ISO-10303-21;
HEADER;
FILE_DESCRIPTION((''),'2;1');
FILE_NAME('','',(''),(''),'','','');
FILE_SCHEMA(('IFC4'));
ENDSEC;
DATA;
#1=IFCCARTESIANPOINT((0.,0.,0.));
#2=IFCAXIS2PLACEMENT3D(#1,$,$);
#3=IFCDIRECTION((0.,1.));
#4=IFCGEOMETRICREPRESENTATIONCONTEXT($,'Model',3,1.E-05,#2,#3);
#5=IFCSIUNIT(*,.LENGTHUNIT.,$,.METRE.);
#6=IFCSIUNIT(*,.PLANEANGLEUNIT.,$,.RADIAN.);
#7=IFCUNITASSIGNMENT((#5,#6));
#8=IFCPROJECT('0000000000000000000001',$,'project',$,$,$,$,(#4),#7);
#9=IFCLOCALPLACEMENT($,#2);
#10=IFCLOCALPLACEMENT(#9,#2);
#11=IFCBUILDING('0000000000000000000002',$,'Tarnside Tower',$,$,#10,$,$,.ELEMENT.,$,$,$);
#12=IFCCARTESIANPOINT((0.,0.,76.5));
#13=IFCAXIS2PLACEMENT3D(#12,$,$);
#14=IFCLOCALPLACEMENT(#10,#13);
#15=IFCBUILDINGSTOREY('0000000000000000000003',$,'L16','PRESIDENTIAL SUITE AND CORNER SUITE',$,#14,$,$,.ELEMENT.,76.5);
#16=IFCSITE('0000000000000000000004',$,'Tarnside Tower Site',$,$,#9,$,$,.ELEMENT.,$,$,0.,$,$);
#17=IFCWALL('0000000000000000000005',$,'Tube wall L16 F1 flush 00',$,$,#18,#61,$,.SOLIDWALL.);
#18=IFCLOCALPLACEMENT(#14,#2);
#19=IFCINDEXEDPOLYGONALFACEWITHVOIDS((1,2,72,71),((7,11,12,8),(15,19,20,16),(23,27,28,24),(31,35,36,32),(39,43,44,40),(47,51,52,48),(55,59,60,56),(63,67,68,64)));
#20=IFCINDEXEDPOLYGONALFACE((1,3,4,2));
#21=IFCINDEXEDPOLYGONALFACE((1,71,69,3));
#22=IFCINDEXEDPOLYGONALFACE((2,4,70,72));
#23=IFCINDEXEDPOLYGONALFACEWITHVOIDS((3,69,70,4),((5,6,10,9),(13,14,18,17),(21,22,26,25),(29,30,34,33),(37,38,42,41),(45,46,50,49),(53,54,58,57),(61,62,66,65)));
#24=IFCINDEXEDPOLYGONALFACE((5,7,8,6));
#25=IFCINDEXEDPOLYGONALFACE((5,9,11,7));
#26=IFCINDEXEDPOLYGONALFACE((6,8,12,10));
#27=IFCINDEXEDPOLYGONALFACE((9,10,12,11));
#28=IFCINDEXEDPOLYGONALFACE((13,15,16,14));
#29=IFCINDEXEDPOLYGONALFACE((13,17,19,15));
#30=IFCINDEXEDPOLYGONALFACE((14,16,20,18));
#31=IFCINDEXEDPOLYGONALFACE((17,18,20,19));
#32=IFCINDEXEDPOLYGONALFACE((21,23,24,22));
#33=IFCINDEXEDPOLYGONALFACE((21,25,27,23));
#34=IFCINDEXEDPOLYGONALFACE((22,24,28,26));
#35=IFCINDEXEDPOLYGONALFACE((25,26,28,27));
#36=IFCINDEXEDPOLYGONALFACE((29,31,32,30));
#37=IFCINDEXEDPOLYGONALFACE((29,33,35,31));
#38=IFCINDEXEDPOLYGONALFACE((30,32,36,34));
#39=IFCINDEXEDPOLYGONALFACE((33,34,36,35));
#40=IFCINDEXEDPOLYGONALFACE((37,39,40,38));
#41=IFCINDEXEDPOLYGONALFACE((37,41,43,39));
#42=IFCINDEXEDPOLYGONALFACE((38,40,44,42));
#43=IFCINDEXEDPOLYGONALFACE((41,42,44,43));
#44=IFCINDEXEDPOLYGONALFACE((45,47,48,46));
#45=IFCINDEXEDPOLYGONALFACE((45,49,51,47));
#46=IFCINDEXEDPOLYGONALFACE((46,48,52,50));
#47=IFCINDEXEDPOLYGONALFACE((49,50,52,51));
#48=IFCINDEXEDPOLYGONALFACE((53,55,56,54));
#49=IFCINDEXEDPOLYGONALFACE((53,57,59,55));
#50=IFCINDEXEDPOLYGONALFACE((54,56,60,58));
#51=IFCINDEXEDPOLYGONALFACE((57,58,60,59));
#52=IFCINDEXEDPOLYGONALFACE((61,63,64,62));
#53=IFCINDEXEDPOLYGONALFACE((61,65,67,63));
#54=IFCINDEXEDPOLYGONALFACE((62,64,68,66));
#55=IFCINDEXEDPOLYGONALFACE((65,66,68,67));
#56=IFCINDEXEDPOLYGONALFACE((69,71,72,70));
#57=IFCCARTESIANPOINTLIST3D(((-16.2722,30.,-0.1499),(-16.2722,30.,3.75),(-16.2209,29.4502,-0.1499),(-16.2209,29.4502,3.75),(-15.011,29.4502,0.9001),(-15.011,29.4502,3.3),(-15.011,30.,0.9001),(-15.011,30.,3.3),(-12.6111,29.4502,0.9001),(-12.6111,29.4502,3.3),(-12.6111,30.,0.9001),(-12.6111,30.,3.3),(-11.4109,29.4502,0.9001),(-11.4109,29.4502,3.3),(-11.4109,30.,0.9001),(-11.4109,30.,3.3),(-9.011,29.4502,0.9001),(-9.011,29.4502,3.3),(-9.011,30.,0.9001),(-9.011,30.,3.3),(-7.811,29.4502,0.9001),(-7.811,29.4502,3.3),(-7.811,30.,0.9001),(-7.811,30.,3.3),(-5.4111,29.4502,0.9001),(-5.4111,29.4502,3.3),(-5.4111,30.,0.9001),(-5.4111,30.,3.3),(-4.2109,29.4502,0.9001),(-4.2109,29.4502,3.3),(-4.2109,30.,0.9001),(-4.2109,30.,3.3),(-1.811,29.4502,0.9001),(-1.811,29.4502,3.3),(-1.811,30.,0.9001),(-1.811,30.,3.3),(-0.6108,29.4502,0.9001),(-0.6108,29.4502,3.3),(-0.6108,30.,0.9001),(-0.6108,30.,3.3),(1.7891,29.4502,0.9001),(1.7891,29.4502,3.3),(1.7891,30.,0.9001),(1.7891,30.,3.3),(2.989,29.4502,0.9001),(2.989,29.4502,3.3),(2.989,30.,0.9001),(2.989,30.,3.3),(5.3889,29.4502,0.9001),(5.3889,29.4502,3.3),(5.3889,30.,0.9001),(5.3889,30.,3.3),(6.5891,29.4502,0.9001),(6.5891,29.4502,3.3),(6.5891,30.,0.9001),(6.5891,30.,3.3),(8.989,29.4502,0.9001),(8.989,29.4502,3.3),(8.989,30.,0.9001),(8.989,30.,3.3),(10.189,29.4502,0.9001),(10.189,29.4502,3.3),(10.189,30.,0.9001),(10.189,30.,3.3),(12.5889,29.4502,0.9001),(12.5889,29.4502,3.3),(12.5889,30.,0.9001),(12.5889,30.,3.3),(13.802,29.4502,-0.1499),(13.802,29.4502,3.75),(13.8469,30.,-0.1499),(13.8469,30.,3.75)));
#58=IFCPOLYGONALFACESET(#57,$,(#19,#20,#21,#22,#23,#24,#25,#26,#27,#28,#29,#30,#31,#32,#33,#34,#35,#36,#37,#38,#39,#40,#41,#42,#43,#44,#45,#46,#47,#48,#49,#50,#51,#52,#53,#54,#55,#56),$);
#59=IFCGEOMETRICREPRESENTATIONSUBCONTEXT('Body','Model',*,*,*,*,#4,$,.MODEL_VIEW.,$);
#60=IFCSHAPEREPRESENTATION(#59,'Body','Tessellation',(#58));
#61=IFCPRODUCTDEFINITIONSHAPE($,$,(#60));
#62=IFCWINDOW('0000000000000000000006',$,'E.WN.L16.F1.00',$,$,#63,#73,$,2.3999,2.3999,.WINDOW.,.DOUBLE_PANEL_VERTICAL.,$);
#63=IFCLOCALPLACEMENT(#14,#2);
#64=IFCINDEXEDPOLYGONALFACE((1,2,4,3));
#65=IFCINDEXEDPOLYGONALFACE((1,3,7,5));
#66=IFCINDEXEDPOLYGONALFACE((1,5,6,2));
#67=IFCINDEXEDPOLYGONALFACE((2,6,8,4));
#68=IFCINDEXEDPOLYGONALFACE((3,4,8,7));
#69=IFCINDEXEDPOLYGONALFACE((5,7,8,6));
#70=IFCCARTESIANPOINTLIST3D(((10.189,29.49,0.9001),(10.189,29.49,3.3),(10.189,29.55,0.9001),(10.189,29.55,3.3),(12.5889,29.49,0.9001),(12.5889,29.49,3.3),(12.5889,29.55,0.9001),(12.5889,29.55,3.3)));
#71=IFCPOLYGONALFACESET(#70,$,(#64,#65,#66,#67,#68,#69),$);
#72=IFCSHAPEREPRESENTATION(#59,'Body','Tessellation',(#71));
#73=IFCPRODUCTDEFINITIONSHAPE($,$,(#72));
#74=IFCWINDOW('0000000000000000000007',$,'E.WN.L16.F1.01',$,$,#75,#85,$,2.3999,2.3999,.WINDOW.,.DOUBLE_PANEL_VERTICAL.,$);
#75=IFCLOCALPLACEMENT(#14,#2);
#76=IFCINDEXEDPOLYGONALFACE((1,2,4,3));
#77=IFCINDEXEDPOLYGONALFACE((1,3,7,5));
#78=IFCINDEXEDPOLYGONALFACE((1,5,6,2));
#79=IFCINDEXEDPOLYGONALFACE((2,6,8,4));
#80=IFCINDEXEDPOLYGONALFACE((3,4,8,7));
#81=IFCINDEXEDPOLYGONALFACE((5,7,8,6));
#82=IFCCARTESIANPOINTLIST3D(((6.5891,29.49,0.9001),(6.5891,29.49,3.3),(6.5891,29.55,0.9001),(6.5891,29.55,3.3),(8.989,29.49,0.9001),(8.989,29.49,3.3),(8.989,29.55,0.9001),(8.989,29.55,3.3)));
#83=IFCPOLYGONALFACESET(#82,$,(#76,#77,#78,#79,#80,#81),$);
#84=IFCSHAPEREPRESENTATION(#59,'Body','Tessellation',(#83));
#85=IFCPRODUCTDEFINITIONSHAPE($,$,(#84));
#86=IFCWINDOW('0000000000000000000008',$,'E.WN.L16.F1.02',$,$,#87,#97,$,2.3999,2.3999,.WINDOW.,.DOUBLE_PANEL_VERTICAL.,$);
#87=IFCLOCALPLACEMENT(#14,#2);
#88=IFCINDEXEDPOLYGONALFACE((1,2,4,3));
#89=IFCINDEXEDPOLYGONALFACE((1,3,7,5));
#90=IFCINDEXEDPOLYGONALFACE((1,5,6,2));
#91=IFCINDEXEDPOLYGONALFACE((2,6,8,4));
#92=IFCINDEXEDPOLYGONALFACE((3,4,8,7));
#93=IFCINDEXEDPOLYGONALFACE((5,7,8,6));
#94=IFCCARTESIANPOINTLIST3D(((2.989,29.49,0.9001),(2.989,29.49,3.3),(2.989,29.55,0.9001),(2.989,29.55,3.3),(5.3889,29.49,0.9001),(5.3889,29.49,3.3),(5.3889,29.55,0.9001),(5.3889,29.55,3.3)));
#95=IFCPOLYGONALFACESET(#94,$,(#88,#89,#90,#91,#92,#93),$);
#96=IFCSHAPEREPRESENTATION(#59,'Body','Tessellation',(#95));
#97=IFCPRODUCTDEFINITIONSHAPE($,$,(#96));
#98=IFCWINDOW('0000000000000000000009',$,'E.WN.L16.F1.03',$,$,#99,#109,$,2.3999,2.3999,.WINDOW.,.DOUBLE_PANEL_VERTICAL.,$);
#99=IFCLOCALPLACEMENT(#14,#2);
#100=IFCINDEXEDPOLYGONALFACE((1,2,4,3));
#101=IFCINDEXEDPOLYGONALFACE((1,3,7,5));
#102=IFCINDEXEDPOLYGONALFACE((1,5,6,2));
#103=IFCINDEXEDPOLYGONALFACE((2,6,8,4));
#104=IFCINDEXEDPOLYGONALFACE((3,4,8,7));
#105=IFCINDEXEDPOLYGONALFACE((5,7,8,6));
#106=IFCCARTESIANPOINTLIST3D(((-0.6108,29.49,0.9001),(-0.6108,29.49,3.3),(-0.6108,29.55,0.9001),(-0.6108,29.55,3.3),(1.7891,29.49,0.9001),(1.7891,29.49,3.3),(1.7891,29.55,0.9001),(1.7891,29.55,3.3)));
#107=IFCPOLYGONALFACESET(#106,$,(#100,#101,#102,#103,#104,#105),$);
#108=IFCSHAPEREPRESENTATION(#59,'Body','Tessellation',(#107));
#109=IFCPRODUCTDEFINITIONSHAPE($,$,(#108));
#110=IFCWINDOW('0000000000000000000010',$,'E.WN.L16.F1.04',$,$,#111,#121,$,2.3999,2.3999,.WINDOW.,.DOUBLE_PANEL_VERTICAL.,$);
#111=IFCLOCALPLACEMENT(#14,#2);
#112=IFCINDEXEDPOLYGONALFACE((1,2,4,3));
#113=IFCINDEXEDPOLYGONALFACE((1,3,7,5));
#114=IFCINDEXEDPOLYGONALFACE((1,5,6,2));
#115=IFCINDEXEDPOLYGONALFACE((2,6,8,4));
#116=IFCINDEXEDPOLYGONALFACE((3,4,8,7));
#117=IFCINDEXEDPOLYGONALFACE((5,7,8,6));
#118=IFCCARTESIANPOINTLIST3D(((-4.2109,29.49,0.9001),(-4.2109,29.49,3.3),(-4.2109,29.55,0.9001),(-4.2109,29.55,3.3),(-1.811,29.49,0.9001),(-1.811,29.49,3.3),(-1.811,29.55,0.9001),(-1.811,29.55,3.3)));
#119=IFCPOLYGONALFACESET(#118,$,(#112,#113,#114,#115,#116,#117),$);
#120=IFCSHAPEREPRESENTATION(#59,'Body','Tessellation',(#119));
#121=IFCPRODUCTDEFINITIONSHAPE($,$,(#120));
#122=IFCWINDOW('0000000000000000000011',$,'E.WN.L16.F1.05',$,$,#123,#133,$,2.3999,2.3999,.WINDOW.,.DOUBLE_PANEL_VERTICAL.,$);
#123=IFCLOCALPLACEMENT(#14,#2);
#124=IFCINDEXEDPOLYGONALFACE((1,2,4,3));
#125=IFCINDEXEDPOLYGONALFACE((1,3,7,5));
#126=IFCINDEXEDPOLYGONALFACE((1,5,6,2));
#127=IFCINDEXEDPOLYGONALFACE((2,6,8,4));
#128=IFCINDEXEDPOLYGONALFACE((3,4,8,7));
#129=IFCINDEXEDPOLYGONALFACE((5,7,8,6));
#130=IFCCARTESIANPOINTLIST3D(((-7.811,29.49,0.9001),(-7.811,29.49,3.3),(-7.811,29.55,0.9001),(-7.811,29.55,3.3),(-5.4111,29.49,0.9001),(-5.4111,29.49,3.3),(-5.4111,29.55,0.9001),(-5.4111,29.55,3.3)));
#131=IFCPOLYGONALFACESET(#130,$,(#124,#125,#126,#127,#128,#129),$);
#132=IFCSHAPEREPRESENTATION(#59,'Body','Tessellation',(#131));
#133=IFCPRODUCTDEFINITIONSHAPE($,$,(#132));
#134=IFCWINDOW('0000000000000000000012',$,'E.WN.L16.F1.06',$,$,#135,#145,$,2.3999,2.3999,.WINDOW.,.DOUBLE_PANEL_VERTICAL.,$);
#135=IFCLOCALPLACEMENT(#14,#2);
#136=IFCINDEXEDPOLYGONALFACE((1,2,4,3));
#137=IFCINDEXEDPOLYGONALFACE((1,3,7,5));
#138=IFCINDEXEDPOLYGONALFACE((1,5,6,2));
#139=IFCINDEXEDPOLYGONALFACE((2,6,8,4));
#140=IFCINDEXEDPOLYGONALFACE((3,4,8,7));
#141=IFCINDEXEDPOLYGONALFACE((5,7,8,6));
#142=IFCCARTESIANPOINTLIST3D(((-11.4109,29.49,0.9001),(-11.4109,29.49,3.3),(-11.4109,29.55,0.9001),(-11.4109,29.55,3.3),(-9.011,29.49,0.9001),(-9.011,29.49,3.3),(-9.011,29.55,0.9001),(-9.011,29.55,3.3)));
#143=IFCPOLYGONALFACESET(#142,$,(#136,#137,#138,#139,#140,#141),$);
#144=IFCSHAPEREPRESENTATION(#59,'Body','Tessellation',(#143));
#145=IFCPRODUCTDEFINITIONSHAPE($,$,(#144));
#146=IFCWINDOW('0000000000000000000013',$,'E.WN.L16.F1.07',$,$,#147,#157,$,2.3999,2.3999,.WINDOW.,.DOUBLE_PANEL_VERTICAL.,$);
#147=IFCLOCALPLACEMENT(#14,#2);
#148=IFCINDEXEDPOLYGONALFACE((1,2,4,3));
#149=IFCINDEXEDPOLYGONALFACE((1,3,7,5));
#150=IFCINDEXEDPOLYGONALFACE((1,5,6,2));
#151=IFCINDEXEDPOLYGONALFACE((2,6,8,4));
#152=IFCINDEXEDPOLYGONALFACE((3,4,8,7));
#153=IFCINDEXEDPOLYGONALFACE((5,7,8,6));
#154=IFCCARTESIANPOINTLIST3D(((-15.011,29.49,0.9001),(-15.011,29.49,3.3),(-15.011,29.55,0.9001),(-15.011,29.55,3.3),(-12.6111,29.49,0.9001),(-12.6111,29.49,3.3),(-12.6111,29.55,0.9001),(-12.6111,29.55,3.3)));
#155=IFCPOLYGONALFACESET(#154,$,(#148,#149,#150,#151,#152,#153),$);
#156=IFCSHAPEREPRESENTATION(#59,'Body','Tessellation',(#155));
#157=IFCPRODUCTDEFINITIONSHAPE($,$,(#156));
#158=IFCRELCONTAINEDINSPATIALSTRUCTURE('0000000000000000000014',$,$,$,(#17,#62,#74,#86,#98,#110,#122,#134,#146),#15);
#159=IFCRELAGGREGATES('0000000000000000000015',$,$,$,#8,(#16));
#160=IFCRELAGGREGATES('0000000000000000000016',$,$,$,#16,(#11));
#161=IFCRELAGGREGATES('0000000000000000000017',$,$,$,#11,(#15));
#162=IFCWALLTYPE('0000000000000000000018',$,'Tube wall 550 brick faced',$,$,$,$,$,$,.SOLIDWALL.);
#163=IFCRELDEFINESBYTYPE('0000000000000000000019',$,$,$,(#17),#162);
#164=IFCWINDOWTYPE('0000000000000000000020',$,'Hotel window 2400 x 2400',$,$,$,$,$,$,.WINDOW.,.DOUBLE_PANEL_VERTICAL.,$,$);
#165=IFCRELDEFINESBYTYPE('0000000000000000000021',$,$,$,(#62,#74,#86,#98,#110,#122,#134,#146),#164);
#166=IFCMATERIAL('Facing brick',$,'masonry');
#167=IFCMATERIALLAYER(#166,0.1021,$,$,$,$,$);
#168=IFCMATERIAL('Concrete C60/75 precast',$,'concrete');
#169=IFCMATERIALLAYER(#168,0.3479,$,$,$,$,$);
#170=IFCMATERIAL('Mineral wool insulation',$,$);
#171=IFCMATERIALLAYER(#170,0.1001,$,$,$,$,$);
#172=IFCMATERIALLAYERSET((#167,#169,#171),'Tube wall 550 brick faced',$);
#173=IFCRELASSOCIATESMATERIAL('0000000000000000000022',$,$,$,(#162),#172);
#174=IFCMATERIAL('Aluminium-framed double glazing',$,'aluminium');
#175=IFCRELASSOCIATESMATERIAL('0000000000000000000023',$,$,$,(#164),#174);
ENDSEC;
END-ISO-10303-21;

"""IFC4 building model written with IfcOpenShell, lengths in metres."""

from ifc_helpers import new_model, si_unit, direction, frame, frame_2d, origin, place, context, subcontext, project, spatial, polyline, rectangle, outline, extrude, material, layer, layer_set, type_object, element, fill, save


model = new_model("IFC4")

# Units and contexts
model_context = context("Model", 3, precision=1e-05, world=origin(), true_north=direction((0.0, 1.0)))
body_context = subcontext(model_context, "Body", "Model", "MODEL_VIEW")
ifc_project = project(units=[si_unit("LENGTHUNIT", "METRE"), si_unit("PLANEANGLEUNIT", "RADIAN")], contexts=[model_context])

# Site, building, storey
site_placement = place(None, origin())
site = spatial("IfcSite", under=ifc_project, at=site_placement, Name="Tarnside Tower Site", CompositionType="ELEMENT", RefElevation=0.0)
building_placement = place(site_placement, origin())
building = spatial("IfcBuilding", under=site, at=building_placement, Name="Tarnside Tower", CompositionType="ELEMENT")
storey_placement = place(building_placement, frame((0.0, 0.0, 76.5)))
storey = spatial("IfcBuildingStorey", under=building, at=storey_placement, Name="L16", Description="PRESIDENTIAL SUITE AND CORNER SUITE", CompositionType="ELEMENT", Elevation=76.5)

# Wall, openings, windows
ifc_material_1 = material(Name="Facing brick", Category="masonry")
ifc_layer_1 = layer(ifc_material_1, 0.1021)
ifc_material_2 = material(Name="Concrete C60/75 precast", Category="concrete")
ifc_layer_2 = layer(ifc_material_2, 0.3479)
ifc_material_3 = material(Name="Mineral wool insulation")
ifc_layer_3 = layer(ifc_material_3, 0.1001)
ifc_layer_set_1 = layer_set([ifc_layer_1, ifc_layer_2, ifc_layer_3], Name="Tube wall 550 brick faced")
wall_type_1 = type_object("IfcWallType", Name="Tube wall 550 brick faced", PredefinedType="SOLIDWALL", material=ifc_layer_set_1)
wall_1_placement = place(storey_placement, frame((13.8245, 29.7251, -0.1499), z_axis=(0.0, 0.0, 1.0), x_axis=(-1.0, 0.0, 0.0)))
wall_1 = element("IfcWall", 1, at=wall_1_placement, inside=storey, type_object=wall_type_1, Name="Tube wall L16 F1 flush 00", PredefinedType="SOLIDWALL", context=body_context, shape_type="SweptSolid", body=[
    extrude(outline(polyline([(-0.0225, -0.2749), (30.0967, -0.2749), (30.0454, 0.2749), (0.0225, 0.2749), (-0.0225, -0.2749)])), origin(), (0.0, 0.0, 1.0), 3.8999),
])
opening_1_placement = place(wall_1_placement, frame((1.2356, 0.0, 1.05)))
opening_1 = element("IfcOpeningElement", 2, at=opening_1_placement, cuts=wall_1, PredefinedType="OPENING", context=body_context, shape_type="SweptSolid", body=[
    extrude(rectangle(XDim=2.3999, YDim=2.3999, at=frame_2d((1.2, 1.2))), frame((0.0, 0.2852, 0.0), z_axis=(0.0, -1.0, 0.0), x_axis=(1.0, 0.0, 0.0)), (0.0, 0.0, 1.0), 0.5701),
])
opening_2_placement = place(wall_1_placement, frame((4.8354, 0.0, 1.05)))
opening_2 = element("IfcOpeningElement", 3, at=opening_2_placement, cuts=wall_1, PredefinedType="OPENING", context=body_context, shape_type="SweptSolid", body=[
    extrude(rectangle(XDim=2.3999, YDim=2.3999, at=frame_2d((1.2, 1.2))), frame((0.0, 0.2852, 0.0), z_axis=(0.0, -1.0, 0.0), x_axis=(1.0, 0.0, 0.0)), (0.0, 0.0, 1.0), 0.5701),
])
opening_3_placement = place(wall_1_placement, frame((8.4355, 0.0, 1.05)))
opening_3 = element("IfcOpeningElement", 4, at=opening_3_placement, cuts=wall_1, PredefinedType="OPENING", context=body_context, shape_type="SweptSolid", body=[
    extrude(rectangle(XDim=2.3999, YDim=2.3999, at=frame_2d((1.2, 1.2))), frame((0.0, 0.2852, 0.0), z_axis=(0.0, -1.0, 0.0), x_axis=(1.0, 0.0, 0.0)), (0.0, 0.0, 1.0), 0.5701),
])
opening_4_placement = place(wall_1_placement, frame((12.0354, 0.0, 1.05)))
opening_4 = element("IfcOpeningElement", 5, at=opening_4_placement, cuts=wall_1, PredefinedType="OPENING", context=body_context, shape_type="SweptSolid", body=[
    extrude(rectangle(XDim=2.3999, YDim=2.3999, at=frame_2d((1.2, 1.2))), frame((0.0, 0.2852, 0.0), z_axis=(0.0, -1.0, 0.0), x_axis=(1.0, 0.0, 0.0)), (0.0, 0.0, 1.0), 0.5701),
])
opening_5_placement = place(wall_1_placement, frame((15.6355, 0.0, 1.05)))
opening_5 = element("IfcOpeningElement", 6, at=opening_5_placement, cuts=wall_1, PredefinedType="OPENING", context=body_context, shape_type="SweptSolid", body=[
    extrude(rectangle(XDim=2.3999, YDim=2.3999, at=frame_2d((1.2, 1.2))), frame((0.0, 0.2852, 0.0), z_axis=(0.0, -1.0, 0.0), x_axis=(1.0, 0.0, 0.0)), (0.0, 0.0, 1.0), 0.5701),
])
opening_6_placement = place(wall_1_placement, frame((19.2356, 0.0, 1.05)))
opening_6 = element("IfcOpeningElement", 7, at=opening_6_placement, cuts=wall_1, PredefinedType="OPENING", context=body_context, shape_type="SweptSolid", body=[
    extrude(rectangle(XDim=2.3999, YDim=2.3999, at=frame_2d((1.2, 1.2))), frame((0.0, 0.2852, 0.0), z_axis=(0.0, -1.0, 0.0), x_axis=(1.0, 0.0, 0.0)), (0.0, 0.0, 1.0), 0.5701),
])
opening_7_placement = place(wall_1_placement, frame((22.8354, 0.0, 1.05)))
opening_7 = element("IfcOpeningElement", 8, at=opening_7_placement, cuts=wall_1, PredefinedType="OPENING", context=body_context, shape_type="SweptSolid", body=[
    extrude(rectangle(XDim=2.3999, YDim=2.3999, at=frame_2d((1.2, 1.2))), frame((0.0, 0.2852, 0.0), z_axis=(0.0, -1.0, 0.0), x_axis=(1.0, 0.0, 0.0)), (0.0, 0.0, 1.0), 0.5701),
])
opening_8_placement = place(wall_1_placement, frame((26.4355, 0.0, 1.05)))
opening_8 = element("IfcOpeningElement", 9, at=opening_8_placement, cuts=wall_1, PredefinedType="OPENING", context=body_context, shape_type="SweptSolid", body=[
    extrude(rectangle(XDim=2.3999, YDim=2.3999, at=frame_2d((1.2, 1.2))), frame((0.0, 0.2852, 0.0), z_axis=(0.0, -1.0, 0.0), x_axis=(1.0, 0.0, 0.0)), (0.0, 0.0, 1.0), 0.5701),
])
ifc_material_4 = material(Name="Aluminium-framed double glazing", Category="aluminium")
window_type = type_object("IfcWindowType", Name="Hotel window 2400 x 2400", PartitioningType="DOUBLE_PANEL_VERTICAL", PredefinedType="WINDOW", material=ifc_material_4)
window_1_placement = place(opening_1_placement, frame((0.0, 0.2051, 0.0)))
window_1 = element("IfcWindow", 10, at=window_1_placement, inside=storey, type_object=window_type, Name="E.WN.L16.F1.00", OverallHeight=2.3999, OverallWidth=2.3999, PartitioningType="DOUBLE_PANEL_VERTICAL", PredefinedType="WINDOW", context=body_context, shape_type="SweptSolid", body=[
    extrude(rectangle(XDim=2.3999, YDim=2.3999, at=frame_2d((1.2, 1.2))), frame((0.0, 0.03, 0.0), z_axis=(0.0, -1.0, 0.0), x_axis=(1.0, 0.0, 0.0)), (0.0, 0.0, 1.0), 0.0601),
])
fill(opening_1, window_1)
window_2_placement = place(opening_2_placement, frame((0.0, 0.2051, 0.0)))
window_2 = element("IfcWindow", 11, at=window_2_placement, inside=storey, type_object=window_type, Name="E.WN.L16.F1.01", OverallHeight=2.3999, OverallWidth=2.3999, PartitioningType="DOUBLE_PANEL_VERTICAL", PredefinedType="WINDOW", context=body_context, shape_type="SweptSolid", body=[
    extrude(rectangle(XDim=2.3999, YDim=2.3999, at=frame_2d((1.2, 1.2))), frame((0.0, 0.03, 0.0), z_axis=(0.0, -1.0, 0.0), x_axis=(1.0, 0.0, 0.0)), (0.0, 0.0, 1.0), 0.0601),
])
fill(opening_2, window_2)
window_3_placement = place(opening_3_placement, frame((0.0, 0.2051, 0.0)))
window_3 = element("IfcWindow", 12, at=window_3_placement, inside=storey, type_object=window_type, Name="E.WN.L16.F1.02", OverallHeight=2.3999, OverallWidth=2.3999, PartitioningType="DOUBLE_PANEL_VERTICAL", PredefinedType="WINDOW", context=body_context, shape_type="SweptSolid", body=[
    extrude(rectangle(XDim=2.3999, YDim=2.3999, at=frame_2d((1.2, 1.2))), frame((0.0, 0.03, 0.0), z_axis=(0.0, -1.0, 0.0), x_axis=(1.0, 0.0, 0.0)), (0.0, 0.0, 1.0), 0.0601),
])
fill(opening_3, window_3)
window_4_placement = place(opening_4_placement, frame((0.0, 0.2051, 0.0)))
window_4 = element("IfcWindow", 13, at=window_4_placement, inside=storey, type_object=window_type, Name="E.WN.L16.F1.03", OverallHeight=2.3999, OverallWidth=2.3999, PartitioningType="DOUBLE_PANEL_VERTICAL", PredefinedType="WINDOW", context=body_context, shape_type="SweptSolid", body=[
    extrude(rectangle(XDim=2.3999, YDim=2.3999, at=frame_2d((1.2, 1.2))), frame((0.0, 0.03, 0.0), z_axis=(0.0, -1.0, 0.0), x_axis=(1.0, 0.0, 0.0)), (0.0, 0.0, 1.0), 0.0601),
])
fill(opening_4, window_4)
window_5_placement = place(opening_5_placement, frame((0.0, 0.2051, 0.0)))
window_5 = element("IfcWindow", 14, at=window_5_placement, inside=storey, type_object=window_type, Name="E.WN.L16.F1.04", OverallHeight=2.3999, OverallWidth=2.3999, PartitioningType="DOUBLE_PANEL_VERTICAL", PredefinedType="WINDOW", context=body_context, shape_type="SweptSolid", body=[
    extrude(rectangle(XDim=2.3999, YDim=2.3999, at=frame_2d((1.2, 1.2))), frame((0.0, 0.03, 0.0), z_axis=(0.0, -1.0, 0.0), x_axis=(1.0, 0.0, 0.0)), (0.0, 0.0, 1.0), 0.0601),
])
fill(opening_5, window_5)
window_6_placement = place(opening_6_placement, frame((0.0, 0.2051, 0.0)))
window_6 = element("IfcWindow", 15, at=window_6_placement, inside=storey, type_object=window_type, Name="E.WN.L16.F1.05", OverallHeight=2.3999, OverallWidth=2.3999, PartitioningType="DOUBLE_PANEL_VERTICAL", PredefinedType="WINDOW", context=body_context, shape_type="SweptSolid", body=[
    extrude(rectangle(XDim=2.3999, YDim=2.3999, at=frame_2d((1.2, 1.2))), frame((0.0, 0.03, 0.0), z_axis=(0.0, -1.0, 0.0), x_axis=(1.0, 0.0, 0.0)), (0.0, 0.0, 1.0), 0.0601),
])
fill(opening_6, window_6)
window_7_placement = place(opening_7_placement, frame((0.0, 0.2051, 0.0)))
window_7 = element("IfcWindow", 16, at=window_7_placement, inside=storey, type_object=window_type, Name="E.WN.L16.F1.06", OverallHeight=2.3999, OverallWidth=2.3999, PartitioningType="DOUBLE_PANEL_VERTICAL", PredefinedType="WINDOW", context=body_context, shape_type="SweptSolid", body=[
    extrude(rectangle(XDim=2.3999, YDim=2.3999, at=frame_2d((1.2, 1.2))), frame((0.0, 0.03, 0.0), z_axis=(0.0, -1.0, 0.0), x_axis=(1.0, 0.0, 0.0)), (0.0, 0.0, 1.0), 0.0601),
])
fill(opening_7, window_7)
window_8_placement = place(opening_8_placement, frame((0.0, 0.2051, 0.0)))
window_8 = element("IfcWindow", 17, at=window_8_placement, inside=storey, type_object=window_type, Name="E.WN.L16.F1.07", OverallHeight=2.3999, OverallWidth=2.3999, PartitioningType="DOUBLE_PANEL_VERTICAL", PredefinedType="WINDOW", context=body_context, shape_type="SweptSolid", body=[
    extrude(rectangle(XDim=2.3999, YDim=2.3999, at=frame_2d((1.2, 1.2))), frame((0.0, 0.03, 0.0), z_axis=(0.0, -1.0, 0.0), x_axis=(1.0, 0.0, 0.0)), (0.0, 0.0, 1.0), 0.0601),
])
fill(opening_8, window_8)

save(model, "model.ifc")
